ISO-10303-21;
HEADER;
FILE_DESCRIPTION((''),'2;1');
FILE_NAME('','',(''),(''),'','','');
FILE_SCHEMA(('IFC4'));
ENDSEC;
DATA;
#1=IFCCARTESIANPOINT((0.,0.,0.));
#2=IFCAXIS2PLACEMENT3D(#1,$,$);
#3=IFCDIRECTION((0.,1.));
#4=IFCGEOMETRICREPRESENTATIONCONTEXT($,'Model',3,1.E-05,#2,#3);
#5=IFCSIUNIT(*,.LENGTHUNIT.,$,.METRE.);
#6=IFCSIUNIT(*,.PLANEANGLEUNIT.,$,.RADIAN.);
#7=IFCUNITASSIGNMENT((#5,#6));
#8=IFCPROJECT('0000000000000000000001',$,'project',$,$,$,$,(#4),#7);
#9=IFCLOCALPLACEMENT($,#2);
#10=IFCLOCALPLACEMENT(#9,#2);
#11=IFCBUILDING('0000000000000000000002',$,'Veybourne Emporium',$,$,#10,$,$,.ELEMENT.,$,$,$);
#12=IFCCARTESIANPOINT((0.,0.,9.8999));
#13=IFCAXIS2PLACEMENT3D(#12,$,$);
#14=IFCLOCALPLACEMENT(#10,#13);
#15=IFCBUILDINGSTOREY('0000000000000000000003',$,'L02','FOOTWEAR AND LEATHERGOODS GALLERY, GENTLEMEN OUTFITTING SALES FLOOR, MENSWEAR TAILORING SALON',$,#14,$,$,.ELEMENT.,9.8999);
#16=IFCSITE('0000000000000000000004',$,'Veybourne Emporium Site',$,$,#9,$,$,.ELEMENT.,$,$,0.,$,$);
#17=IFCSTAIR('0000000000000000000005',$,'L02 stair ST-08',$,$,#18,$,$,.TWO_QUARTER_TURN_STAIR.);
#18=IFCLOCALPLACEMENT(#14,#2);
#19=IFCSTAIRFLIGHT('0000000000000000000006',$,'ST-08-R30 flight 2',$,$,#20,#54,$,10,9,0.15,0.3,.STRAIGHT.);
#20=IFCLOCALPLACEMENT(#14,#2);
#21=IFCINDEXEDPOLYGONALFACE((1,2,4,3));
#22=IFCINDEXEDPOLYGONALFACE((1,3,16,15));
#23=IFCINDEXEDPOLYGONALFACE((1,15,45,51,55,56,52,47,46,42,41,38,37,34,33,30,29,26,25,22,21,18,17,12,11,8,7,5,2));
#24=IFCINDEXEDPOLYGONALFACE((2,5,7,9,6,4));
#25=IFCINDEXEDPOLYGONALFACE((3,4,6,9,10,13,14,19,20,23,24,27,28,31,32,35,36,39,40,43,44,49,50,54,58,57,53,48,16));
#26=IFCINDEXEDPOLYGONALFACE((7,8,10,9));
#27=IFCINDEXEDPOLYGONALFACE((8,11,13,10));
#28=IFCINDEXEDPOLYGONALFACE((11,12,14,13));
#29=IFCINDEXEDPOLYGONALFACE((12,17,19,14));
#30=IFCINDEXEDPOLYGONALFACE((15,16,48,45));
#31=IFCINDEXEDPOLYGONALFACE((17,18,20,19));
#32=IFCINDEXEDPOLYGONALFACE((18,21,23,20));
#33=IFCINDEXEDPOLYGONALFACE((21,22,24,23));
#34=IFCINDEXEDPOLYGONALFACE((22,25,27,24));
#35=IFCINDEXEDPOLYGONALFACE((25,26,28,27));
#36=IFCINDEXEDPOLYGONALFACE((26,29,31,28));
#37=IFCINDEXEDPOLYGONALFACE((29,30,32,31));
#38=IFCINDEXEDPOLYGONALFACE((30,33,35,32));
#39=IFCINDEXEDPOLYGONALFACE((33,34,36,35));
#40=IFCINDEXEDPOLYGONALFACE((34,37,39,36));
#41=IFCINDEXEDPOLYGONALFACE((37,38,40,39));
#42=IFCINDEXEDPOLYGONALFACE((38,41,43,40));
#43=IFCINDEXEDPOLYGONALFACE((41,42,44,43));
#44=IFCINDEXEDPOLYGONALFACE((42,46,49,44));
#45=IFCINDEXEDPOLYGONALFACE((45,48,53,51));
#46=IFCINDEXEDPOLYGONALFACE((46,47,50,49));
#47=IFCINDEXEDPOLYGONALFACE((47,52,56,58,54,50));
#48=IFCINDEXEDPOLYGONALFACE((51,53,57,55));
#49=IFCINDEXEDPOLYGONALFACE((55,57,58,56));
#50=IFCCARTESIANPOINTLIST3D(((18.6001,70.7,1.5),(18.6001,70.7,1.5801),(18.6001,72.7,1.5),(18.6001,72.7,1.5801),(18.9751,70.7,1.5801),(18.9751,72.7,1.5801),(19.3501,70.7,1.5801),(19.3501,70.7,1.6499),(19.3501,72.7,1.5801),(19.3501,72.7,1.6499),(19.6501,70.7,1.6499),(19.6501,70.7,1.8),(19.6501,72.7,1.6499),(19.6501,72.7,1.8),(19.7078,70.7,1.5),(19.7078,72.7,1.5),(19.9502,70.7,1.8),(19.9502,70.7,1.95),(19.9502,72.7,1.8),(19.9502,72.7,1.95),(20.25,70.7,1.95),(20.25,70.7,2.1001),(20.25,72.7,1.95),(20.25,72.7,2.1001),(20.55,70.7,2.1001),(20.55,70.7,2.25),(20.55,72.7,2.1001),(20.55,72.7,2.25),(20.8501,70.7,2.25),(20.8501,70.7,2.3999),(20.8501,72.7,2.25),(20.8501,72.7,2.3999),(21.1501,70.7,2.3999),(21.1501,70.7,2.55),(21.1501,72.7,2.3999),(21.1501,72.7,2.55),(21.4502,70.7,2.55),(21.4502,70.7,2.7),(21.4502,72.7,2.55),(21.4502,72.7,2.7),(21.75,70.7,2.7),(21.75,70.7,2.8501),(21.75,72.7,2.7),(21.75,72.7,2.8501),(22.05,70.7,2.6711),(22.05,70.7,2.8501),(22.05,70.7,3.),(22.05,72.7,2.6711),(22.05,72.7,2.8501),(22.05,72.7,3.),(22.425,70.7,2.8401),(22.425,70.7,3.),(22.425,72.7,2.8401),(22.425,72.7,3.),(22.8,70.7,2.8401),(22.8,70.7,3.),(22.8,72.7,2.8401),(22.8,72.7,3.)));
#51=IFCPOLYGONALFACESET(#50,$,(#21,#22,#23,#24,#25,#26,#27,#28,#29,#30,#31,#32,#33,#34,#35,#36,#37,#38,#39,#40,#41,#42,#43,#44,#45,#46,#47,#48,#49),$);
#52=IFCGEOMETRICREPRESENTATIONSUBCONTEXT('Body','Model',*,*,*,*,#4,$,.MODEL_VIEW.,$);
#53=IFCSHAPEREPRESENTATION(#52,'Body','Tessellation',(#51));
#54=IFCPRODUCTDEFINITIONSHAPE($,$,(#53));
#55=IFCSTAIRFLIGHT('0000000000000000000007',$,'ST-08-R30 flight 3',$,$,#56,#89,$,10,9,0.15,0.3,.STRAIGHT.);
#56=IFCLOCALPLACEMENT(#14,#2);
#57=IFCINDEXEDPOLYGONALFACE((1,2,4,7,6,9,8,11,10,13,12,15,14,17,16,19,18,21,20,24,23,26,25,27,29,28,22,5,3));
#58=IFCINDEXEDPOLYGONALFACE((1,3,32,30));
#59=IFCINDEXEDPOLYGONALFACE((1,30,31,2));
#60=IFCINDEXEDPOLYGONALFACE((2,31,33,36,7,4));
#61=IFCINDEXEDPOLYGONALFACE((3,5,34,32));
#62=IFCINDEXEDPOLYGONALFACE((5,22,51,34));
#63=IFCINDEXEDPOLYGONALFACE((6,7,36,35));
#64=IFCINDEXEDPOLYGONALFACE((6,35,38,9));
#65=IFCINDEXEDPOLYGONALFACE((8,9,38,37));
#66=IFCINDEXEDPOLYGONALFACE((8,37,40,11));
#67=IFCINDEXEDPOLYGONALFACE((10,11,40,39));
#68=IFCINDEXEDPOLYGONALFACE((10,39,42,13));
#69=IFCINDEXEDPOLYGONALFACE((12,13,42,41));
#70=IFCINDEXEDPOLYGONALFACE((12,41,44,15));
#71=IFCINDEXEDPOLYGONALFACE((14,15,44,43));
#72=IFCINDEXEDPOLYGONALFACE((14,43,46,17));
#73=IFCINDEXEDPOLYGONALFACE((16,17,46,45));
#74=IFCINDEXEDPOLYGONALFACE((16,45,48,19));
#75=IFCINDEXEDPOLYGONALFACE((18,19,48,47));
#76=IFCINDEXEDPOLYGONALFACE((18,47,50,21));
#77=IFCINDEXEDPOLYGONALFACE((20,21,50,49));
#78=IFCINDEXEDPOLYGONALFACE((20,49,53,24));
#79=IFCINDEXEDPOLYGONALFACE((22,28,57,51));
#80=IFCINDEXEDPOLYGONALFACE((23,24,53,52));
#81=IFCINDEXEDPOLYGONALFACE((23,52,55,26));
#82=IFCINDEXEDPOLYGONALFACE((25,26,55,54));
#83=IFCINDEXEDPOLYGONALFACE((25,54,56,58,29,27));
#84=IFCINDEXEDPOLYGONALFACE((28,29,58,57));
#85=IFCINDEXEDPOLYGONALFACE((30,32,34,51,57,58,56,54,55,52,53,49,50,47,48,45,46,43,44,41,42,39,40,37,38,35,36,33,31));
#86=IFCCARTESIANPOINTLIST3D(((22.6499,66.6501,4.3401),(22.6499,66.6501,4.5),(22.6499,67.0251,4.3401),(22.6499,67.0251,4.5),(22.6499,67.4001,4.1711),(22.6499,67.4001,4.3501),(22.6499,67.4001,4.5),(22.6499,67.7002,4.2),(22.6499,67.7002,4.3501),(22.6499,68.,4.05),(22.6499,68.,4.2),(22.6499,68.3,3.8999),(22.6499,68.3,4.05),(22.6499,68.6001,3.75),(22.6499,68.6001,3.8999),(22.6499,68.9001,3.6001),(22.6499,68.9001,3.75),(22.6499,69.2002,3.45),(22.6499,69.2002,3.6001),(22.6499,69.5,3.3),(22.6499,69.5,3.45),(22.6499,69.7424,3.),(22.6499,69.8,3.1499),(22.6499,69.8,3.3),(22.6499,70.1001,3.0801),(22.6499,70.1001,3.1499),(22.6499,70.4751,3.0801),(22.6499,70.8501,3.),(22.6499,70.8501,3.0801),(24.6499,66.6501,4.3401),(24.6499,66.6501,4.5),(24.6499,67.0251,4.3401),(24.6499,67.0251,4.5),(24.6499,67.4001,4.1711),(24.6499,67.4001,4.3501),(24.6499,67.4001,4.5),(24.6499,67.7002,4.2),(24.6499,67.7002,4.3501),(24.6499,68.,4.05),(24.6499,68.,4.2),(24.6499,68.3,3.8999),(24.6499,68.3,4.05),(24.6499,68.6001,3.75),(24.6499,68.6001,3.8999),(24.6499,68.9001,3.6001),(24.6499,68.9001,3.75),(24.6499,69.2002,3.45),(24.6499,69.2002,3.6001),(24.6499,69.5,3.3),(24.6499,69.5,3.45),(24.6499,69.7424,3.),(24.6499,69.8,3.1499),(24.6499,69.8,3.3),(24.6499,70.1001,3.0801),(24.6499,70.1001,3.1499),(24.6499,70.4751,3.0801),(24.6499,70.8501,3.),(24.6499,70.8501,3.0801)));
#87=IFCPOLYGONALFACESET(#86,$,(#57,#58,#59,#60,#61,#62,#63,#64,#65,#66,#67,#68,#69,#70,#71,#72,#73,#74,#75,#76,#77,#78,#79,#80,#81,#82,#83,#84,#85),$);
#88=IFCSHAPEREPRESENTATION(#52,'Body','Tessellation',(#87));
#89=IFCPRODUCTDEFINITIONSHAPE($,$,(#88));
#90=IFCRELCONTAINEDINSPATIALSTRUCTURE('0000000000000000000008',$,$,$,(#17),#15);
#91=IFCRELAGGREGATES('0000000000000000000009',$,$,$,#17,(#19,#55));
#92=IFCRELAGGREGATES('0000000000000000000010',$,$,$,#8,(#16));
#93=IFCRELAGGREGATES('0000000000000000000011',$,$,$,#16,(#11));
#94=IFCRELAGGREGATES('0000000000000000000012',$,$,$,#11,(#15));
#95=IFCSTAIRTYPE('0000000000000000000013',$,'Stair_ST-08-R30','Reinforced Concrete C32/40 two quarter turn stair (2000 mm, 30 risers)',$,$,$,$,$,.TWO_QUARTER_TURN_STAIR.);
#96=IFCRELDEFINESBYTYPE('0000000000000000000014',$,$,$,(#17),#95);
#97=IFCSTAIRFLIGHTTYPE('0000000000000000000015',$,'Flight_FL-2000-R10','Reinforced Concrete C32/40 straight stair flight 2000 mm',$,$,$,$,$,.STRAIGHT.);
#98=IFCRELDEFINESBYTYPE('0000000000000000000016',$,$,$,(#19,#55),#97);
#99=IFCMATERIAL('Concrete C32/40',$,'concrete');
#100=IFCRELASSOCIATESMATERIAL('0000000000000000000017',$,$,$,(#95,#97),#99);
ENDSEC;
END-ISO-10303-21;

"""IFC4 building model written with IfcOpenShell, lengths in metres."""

from ifc_helpers import new_model, si_unit, direction, frame, origin, place, context, subcontext, project, spatial, polyline, outline, extrude, material, type_object, element, aggregate, save


model = new_model("IFC4")

# Units and contexts
model_context = context("Model", 3, precision=1e-05, world=origin(), true_north=direction((0.0, 1.0)))
body_context = subcontext(model_context, "Body", "Model", "MODEL_VIEW")
ifc_project = project(units=[si_unit("LENGTHUNIT", "METRE"), si_unit("PLANEANGLEUNIT", "RADIAN")], contexts=[model_context])

# Site, building, storey
site_placement = place(None, origin())
site = spatial("IfcSite", under=ifc_project, at=site_placement, Name="Veybourne Emporium Site", CompositionType="ELEMENT", RefElevation=0.0)
building_placement = place(site_placement, origin())
building = spatial("IfcBuilding", under=site, at=building_placement, Name="Veybourne Emporium", CompositionType="ELEMENT")
storey_placement = place(building_placement, frame((0.0, 0.0, 9.8999)))
storey = spatial("IfcBuildingStorey", under=building, at=storey_placement, Name="L02", Description="FOOTWEAR AND LEATHERGOODS GALLERY, GENTLEMEN OUTFITTING SALES FLOOR, MENSWEAR TAILORING SALON", CompositionType="ELEMENT", Elevation=9.8999)

# Shared definitions
ifc_material_1 = material(Name="Concrete C32/40", Category="concrete")

# Stair, stair flights
stair_type = type_object("IfcStairType", Name="Stair_ST-08-R30", Description="Reinforced Concrete C32/40 two quarter turn stair (2000 mm, 30 risers)", PredefinedType="TWO_QUARTER_TURN_STAIR", material=ifc_material_1)
stair_placement = place(storey_placement, origin())
stair = element("IfcStair", 1, at=stair_placement, inside=storey, type_object=stair_type, Name="L02 stair ST-08", PredefinedType="TWO_QUARTER_TURN_STAIR")
stair_flight_type = type_object("IfcStairFlightType", Name="Flight_FL-2000-R10", Description="Reinforced Concrete C32/40 straight stair flight 2000 mm", PredefinedType="STRAIGHT", material=ifc_material_1)
stair_flight_1_placement = place(storey_placement, frame((19.3501, 71.7, 1.5), z_axis=(0.0, 0.0, 1.0), x_axis=(1.0, 0.0, 0.0)))
stair_flight_1 = element("IfcStairFlight", 2, at=stair_flight_1_placement, type_object=stair_flight_type, Name="ST-08-R30 flight 2", NumberOfRisers=10, NumberOfTreads=9, PredefinedType="STRAIGHT", RiserHeight=0.15, TreadLength=0.3, context=body_context, shape_type="SweptSolid", body=[
    extrude(outline(polyline([(-0.75, 0.0), (-0.75, 0.0801), (-0.375, 0.0801), (0.0, 0.0801), (0.0, 0.1499), (0.3, 0.1499), (0.3, 0.3), (0.6001, 0.3), (0.6001, 0.45), (0.8999, 0.45), (0.8999, 0.6001), (1.2, 0.6001), (1.2, 0.75), (1.5, 0.75), (1.5, 0.8999), (1.8, 0.8999), (1.8, 1.05), (2.1001, 1.05), (2.1001, 1.2), (2.3999, 1.2), (2.3999, 1.3501), (2.7, 1.3501), (2.7, 1.5), (3.075, 1.5), (3.45, 1.5), (3.45, 1.3401), (3.075, 1.3401), (2.7, 1.1711), (0.3577, 0.0), (-0.75, 0.0)])), frame((0.0, 1.0, 0.0), z_axis=(0.0, -1.0, 0.0), x_axis=(1.0, 0.0, 0.0)), (0.0, 0.0, 1.0), 2.0),
])
stair_flight_2_placement = place(storey_placement, frame((23.6499, 70.1001, 3.0), z_axis=(0.0, 0.0, 1.0), x_axis=(0.0, -1.0, 0.0)))
stair_flight_2 = element("IfcStairFlight", 3, at=stair_flight_2_placement, type_object=stair_flight_type, Name="ST-08-R30 flight 3", NumberOfRisers=10, NumberOfTreads=9, PredefinedType="STRAIGHT", RiserHeight=0.15, TreadLength=0.3, context=body_context, shape_type="SweptSolid", body=[
    extrude(outline(polyline([(-0.75, 0.0), (-0.75, 0.0801), (-0.375, 0.0801), (0.0, 0.0801), (0.0, 0.1499), (0.3, 0.1499), (0.3, 0.3), (0.6001, 0.3), (0.6001, 0.45), (0.8999, 0.45), (0.8999, 0.6001), (1.2, 0.6001), (1.2, 0.75), (1.5, 0.75), (1.5, 0.8999), (1.8, 0.8999), (1.8, 1.05), (2.1001, 1.05), (2.1001, 1.2), (2.3999, 1.2), (2.3999, 1.3501), (2.7, 1.3501), (2.7, 1.5), (3.075, 1.5), (3.45, 1.5), (3.45, 1.3401), (3.075, 1.3401), (2.7, 1.1711), (0.3577, 0.0), (-0.75, 0.0)])), frame((0.0, 1.0, 0.0), z_axis=(0.0, -1.0, 0.0), x_axis=(1.0, 0.0, 0.0)), (0.0, 0.0, 1.0), 2.0),
])
aggregate(stair, [stair_flight_1, stair_flight_2])

save(model, "model.ifc")
